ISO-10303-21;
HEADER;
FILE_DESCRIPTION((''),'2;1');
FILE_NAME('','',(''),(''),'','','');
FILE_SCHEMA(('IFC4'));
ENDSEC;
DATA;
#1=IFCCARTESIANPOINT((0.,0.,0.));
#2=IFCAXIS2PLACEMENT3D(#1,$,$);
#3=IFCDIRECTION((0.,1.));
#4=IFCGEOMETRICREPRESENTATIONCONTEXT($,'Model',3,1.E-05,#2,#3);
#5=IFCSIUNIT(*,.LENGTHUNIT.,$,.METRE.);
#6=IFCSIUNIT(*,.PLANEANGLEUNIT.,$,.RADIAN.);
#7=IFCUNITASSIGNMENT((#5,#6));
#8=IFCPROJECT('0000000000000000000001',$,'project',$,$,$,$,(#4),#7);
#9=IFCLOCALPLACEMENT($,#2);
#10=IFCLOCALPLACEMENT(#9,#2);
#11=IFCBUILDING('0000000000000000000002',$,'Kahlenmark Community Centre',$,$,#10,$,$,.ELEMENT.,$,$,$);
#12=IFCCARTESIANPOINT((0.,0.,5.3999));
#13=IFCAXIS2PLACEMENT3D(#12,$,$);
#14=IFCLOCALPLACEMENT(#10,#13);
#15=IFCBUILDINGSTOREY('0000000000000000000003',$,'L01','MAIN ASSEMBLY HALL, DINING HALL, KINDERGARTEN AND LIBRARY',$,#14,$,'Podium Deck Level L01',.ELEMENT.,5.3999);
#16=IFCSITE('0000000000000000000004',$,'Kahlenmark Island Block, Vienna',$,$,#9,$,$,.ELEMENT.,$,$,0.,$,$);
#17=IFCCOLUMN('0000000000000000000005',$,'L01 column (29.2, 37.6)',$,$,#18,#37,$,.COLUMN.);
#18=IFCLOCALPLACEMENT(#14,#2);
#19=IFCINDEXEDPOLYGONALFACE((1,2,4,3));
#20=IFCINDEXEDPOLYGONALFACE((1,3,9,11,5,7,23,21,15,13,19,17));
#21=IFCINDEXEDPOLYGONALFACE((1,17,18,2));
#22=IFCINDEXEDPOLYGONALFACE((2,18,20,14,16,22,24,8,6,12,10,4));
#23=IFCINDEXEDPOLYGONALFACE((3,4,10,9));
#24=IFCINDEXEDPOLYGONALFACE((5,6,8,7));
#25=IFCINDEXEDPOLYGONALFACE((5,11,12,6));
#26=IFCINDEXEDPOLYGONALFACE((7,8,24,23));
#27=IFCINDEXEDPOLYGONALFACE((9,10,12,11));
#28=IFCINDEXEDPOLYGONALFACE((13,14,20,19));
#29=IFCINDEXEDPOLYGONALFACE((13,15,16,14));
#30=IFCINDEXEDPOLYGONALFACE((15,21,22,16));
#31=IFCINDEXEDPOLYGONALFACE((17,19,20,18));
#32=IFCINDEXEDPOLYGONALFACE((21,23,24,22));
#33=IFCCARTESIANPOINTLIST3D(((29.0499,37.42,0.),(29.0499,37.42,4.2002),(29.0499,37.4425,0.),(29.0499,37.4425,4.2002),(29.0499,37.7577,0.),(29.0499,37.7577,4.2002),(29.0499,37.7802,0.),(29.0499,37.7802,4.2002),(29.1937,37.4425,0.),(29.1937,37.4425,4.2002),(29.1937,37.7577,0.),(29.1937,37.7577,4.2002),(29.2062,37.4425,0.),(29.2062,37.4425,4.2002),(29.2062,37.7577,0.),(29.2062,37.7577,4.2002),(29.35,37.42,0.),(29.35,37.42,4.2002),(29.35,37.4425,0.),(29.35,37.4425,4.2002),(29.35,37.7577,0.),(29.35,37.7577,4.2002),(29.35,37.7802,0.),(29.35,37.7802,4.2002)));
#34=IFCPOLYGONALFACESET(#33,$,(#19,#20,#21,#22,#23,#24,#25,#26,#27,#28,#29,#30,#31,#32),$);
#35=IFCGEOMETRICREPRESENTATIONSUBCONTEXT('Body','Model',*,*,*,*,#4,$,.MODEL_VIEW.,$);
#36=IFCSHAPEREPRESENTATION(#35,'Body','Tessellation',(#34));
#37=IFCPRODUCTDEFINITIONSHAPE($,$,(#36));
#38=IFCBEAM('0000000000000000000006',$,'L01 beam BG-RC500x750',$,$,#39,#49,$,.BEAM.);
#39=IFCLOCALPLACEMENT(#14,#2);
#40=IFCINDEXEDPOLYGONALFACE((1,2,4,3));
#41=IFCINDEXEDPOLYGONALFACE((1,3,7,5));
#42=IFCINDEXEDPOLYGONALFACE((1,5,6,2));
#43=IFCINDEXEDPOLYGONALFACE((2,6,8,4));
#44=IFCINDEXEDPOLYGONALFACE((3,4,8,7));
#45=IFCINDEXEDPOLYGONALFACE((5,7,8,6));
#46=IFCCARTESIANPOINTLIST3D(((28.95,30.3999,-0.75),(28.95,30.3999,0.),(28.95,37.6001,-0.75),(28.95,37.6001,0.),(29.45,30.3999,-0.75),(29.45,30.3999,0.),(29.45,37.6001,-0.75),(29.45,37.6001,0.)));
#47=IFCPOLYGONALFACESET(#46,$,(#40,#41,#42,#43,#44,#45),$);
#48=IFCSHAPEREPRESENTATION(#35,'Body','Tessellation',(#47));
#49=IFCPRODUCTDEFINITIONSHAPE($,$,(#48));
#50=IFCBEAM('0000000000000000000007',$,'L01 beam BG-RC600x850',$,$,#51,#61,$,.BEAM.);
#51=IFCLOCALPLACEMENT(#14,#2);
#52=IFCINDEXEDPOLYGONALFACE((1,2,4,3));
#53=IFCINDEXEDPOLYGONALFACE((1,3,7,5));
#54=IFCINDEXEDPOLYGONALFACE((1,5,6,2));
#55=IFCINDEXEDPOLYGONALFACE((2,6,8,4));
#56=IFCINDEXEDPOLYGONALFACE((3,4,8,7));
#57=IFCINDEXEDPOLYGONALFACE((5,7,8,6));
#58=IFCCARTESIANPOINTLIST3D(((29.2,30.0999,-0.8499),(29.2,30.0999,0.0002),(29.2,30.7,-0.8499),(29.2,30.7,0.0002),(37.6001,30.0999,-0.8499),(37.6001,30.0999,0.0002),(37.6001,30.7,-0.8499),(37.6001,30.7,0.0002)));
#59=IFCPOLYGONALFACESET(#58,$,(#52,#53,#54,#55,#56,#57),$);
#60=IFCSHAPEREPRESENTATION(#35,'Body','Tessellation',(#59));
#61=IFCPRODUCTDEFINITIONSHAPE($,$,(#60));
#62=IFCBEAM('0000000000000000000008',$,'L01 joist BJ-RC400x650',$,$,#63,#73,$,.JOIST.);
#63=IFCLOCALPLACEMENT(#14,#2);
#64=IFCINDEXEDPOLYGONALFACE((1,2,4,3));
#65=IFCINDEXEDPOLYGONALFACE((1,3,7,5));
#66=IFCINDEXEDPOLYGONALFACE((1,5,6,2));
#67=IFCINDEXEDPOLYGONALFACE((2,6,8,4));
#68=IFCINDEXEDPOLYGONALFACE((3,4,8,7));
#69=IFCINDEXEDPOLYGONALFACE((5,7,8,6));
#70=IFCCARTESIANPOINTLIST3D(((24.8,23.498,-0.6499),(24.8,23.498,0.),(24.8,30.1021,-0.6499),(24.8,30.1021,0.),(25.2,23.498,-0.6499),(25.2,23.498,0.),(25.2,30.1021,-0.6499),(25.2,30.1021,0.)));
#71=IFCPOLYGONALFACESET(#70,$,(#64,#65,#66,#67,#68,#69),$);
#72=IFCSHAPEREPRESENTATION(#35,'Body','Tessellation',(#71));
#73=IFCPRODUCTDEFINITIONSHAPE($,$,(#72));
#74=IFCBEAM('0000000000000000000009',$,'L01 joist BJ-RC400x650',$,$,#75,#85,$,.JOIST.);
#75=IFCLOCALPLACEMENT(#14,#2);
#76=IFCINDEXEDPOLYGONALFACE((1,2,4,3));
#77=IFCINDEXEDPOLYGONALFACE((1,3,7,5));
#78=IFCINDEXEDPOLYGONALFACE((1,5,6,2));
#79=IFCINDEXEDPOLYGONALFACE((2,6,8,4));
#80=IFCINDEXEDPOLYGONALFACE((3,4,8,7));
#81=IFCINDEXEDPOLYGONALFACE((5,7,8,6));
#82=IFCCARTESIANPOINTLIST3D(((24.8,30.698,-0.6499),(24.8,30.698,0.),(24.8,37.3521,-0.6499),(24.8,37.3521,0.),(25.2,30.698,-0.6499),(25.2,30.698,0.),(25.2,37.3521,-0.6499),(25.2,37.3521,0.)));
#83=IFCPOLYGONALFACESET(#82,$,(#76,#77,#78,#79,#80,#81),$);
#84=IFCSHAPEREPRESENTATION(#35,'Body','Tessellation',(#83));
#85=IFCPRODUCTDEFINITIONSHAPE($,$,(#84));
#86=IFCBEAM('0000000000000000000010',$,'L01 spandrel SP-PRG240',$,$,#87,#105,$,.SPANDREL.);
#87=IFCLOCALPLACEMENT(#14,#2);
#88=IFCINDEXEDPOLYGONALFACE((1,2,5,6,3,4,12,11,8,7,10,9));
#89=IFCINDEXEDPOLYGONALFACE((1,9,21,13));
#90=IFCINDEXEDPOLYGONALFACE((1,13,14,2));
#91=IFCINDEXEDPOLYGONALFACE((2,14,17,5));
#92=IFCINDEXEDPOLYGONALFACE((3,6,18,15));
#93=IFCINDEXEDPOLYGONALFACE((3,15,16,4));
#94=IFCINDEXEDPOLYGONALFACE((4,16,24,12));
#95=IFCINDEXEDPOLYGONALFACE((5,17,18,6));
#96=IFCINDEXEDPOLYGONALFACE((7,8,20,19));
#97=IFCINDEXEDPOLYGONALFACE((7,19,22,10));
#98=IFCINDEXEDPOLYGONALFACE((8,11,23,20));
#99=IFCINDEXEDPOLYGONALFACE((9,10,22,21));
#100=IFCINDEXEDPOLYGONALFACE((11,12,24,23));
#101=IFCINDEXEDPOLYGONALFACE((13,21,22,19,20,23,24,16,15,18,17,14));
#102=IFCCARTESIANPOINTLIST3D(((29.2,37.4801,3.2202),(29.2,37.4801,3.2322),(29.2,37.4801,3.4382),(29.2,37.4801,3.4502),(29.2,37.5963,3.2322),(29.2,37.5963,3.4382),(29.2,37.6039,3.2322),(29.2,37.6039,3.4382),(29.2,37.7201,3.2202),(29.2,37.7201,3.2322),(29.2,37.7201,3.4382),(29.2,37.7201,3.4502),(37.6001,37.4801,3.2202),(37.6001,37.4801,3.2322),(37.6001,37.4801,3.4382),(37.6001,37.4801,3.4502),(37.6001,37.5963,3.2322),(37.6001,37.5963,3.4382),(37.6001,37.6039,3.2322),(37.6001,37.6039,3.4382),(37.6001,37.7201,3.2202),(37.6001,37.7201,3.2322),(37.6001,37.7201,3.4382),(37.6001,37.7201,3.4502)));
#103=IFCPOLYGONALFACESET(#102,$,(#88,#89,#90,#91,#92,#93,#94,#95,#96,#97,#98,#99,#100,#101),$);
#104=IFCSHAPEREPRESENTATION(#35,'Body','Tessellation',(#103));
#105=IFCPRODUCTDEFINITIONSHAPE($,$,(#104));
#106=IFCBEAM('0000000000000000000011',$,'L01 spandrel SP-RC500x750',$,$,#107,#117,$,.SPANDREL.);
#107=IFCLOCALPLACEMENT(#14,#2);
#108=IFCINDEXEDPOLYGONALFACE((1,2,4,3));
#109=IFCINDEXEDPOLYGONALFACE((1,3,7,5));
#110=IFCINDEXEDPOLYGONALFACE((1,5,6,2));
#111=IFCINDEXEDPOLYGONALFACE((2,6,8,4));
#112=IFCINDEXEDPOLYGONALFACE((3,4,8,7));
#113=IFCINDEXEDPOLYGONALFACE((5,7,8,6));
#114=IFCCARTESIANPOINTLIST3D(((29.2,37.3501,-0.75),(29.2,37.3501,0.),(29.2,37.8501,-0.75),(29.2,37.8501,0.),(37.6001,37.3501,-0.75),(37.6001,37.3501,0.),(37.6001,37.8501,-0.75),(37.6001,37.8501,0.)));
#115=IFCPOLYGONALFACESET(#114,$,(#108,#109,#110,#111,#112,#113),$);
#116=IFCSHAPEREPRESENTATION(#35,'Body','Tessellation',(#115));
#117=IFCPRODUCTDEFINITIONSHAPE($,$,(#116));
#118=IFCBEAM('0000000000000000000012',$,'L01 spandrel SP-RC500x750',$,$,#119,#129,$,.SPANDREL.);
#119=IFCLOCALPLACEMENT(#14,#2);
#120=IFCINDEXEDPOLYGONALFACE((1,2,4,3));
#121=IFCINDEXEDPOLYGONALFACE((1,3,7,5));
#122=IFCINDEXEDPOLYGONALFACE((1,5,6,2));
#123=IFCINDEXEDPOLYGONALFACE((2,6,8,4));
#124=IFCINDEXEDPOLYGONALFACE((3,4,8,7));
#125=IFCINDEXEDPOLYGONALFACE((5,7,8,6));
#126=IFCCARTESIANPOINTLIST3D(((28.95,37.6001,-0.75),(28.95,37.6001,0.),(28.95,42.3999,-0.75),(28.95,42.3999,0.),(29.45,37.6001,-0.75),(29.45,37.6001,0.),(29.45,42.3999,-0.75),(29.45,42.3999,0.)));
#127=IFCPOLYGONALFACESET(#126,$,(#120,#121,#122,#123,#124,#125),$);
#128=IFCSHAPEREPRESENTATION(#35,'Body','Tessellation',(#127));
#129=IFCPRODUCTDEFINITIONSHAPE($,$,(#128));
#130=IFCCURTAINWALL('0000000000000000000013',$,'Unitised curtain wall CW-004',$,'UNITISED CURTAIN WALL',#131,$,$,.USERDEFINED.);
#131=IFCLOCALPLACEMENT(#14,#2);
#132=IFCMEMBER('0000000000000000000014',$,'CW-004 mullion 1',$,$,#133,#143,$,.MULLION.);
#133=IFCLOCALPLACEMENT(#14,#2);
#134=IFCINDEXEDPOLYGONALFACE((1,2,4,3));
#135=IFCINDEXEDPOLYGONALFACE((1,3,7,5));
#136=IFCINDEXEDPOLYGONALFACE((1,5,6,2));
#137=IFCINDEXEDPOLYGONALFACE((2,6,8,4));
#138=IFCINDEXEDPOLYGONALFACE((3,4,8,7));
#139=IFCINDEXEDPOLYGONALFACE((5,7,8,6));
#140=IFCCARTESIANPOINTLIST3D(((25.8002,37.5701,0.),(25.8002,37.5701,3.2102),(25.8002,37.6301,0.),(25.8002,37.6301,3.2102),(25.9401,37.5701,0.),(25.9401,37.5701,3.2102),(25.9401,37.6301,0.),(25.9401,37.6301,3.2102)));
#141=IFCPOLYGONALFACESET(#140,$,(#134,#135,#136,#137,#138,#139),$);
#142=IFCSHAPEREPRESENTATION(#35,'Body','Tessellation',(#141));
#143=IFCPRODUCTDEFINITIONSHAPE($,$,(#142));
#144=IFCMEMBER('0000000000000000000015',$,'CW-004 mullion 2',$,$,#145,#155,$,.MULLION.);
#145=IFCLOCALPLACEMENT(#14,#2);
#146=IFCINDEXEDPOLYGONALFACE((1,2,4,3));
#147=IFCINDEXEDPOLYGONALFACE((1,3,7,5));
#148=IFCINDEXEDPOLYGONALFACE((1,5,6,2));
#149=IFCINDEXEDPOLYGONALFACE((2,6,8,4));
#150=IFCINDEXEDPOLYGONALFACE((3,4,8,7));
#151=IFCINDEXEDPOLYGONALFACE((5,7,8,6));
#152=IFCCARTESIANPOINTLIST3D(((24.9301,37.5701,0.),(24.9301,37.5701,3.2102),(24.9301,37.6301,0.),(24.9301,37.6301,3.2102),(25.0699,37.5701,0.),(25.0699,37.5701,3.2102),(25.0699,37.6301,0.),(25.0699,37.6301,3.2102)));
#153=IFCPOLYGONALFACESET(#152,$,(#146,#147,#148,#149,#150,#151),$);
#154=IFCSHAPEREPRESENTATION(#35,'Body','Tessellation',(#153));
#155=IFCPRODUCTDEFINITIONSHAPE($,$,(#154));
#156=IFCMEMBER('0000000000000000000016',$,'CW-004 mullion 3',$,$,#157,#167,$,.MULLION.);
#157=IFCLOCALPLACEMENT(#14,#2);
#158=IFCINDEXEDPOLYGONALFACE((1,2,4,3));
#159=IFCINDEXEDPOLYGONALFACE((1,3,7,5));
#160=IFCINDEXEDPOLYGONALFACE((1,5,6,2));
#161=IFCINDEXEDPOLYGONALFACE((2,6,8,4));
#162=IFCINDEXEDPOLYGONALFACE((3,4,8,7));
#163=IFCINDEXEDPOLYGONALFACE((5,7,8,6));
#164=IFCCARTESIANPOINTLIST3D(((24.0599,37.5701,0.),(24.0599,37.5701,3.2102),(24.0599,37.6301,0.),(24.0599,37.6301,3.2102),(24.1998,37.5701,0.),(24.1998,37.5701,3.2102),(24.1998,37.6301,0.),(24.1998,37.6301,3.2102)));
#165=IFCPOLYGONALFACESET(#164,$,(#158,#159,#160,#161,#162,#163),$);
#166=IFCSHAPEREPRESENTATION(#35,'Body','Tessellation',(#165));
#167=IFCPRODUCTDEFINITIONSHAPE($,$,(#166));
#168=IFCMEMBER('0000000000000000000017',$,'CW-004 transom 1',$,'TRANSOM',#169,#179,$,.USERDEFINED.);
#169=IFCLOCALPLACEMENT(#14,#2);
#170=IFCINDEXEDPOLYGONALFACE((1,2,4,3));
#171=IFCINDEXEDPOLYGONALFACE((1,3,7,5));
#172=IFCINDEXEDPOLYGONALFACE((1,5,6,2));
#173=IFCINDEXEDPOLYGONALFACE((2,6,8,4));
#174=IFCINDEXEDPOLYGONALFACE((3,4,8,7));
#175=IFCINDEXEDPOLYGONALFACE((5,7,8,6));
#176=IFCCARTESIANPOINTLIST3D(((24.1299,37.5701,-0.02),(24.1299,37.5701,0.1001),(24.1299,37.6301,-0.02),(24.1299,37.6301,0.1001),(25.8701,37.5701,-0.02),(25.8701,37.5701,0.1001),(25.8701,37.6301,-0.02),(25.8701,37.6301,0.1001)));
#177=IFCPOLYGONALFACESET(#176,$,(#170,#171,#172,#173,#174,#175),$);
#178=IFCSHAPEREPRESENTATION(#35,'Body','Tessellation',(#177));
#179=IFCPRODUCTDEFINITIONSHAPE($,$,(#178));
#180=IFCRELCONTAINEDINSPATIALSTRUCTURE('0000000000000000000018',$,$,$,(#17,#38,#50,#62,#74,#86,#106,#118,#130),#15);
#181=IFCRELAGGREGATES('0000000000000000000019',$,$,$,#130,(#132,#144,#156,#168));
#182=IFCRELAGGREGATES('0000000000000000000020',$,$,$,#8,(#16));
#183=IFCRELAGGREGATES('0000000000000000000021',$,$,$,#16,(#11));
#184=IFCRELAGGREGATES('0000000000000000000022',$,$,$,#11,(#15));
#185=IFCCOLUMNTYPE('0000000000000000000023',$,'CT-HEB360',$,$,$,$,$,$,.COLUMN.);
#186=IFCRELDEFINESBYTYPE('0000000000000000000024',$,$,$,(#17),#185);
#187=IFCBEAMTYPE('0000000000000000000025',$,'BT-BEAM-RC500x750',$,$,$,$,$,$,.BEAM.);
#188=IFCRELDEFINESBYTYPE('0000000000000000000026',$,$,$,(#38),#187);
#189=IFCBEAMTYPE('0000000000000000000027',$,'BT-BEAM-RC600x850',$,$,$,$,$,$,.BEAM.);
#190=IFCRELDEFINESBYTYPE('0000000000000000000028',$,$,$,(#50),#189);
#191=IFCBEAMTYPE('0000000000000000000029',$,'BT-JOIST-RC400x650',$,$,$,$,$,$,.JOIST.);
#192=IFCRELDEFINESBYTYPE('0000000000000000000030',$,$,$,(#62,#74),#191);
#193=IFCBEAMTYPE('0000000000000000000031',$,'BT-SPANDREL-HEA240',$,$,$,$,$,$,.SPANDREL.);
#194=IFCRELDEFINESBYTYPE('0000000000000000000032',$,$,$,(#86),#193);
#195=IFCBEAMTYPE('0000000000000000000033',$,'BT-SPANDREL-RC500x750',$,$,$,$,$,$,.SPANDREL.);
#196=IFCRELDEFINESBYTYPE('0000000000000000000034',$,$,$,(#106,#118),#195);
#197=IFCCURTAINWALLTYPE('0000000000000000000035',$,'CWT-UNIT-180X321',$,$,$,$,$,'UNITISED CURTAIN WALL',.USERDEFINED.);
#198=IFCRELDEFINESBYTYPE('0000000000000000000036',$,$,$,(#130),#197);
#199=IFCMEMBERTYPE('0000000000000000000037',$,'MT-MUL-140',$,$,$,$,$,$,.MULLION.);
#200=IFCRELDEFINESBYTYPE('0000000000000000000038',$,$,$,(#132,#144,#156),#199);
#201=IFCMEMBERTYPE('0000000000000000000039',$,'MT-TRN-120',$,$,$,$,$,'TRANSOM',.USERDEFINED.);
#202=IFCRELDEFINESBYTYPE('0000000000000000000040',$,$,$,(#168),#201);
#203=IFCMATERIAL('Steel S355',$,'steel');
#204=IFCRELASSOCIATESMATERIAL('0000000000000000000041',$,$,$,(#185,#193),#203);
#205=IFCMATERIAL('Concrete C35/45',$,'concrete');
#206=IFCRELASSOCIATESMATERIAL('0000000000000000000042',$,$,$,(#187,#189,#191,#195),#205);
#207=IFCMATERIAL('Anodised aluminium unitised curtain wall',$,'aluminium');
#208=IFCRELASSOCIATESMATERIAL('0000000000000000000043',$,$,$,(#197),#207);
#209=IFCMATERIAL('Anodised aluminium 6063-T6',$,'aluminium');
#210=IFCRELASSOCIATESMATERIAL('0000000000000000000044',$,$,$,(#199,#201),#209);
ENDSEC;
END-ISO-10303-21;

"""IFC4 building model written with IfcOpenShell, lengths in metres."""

from ifc_helpers import new_model, si_unit, direction, frame, origin, origin_2d, place, context, subcontext, project, spatial, rectangle, i_section, extrude, material, material_profile, profile_set, type_object, element, aggregate, save


model = new_model("IFC4")

# Units and contexts
model_context = context("Model", 3, precision=1e-05, world=origin(), true_north=direction((0.0, 1.0)))
body_context = subcontext(model_context, "Body", "Model", "MODEL_VIEW")
ifc_project = project(units=[si_unit("LENGTHUNIT", "METRE"), si_unit("PLANEANGLEUNIT", "RADIAN")], contexts=[model_context])

# Site, building, storey
site_placement = place(None, origin())
site = spatial("IfcSite", under=ifc_project, at=site_placement, Name="Kahlenmark Island Block, Vienna", CompositionType="ELEMENT", RefElevation=0.0)
building_placement = place(site_placement, origin())
building = spatial("IfcBuilding", under=site, at=building_placement, Name="Kahlenmark Community Centre", CompositionType="ELEMENT")
storey_placement = place(building_placement, frame((0.0, 0.0, 5.3999)))
storey = spatial("IfcBuildingStorey", under=building, at=storey_placement, Name="L01", Description="MAIN ASSEMBLY HALL, DINING HALL, KINDERGARTEN AND LIBRARY", LongName="Podium Deck Level L01", CompositionType="ELEMENT", Elevation=5.3999)

# Column
ifc_material_1 = material(Name="Steel S355", Category="steel")
ifc_material_profile_1 = material_profile(ifc_material_1, i_section(OverallWidth=0.3, OverallDepth=0.3601, WebThickness=0.0125, FlangeThickness=0.0225, at=origin_2d()), Name="HEB 360")
ifc_profile_set_1 = profile_set([ifc_material_profile_1], Name="Steel S355")
column_type = type_object("IfcColumnType", Name="CT-HEB360", PredefinedType="COLUMN", material=ifc_profile_set_1)
column_placement = place(storey_placement, frame((29.2, 37.6001, 0.0), z_axis=(0.0, 0.0, 1.0), x_axis=(1.0, 0.0, 0.0)))
element("IfcColumn", 1, at=column_placement, inside=storey, type_object=column_type, Name="L01 column (29.2, 37.6)", PredefinedType="COLUMN", context=body_context, shape_type="SweptSolid", body=[
    extrude(i_section(OverallWidth=0.3, OverallDepth=0.3601, WebThickness=0.0125, FlangeThickness=0.0225, at=origin_2d()), origin(), (0.0, 0.0, 1.0), 4.2002),
])

# Beams
ifc_material_2 = material(Name="Concrete C35/45", Category="concrete")
ifc_material_profile_2 = material_profile(ifc_material_2, rectangle(XDim=0.5, YDim=0.75, at=origin_2d()), Name="RC 500x750")
ifc_profile_set_2 = profile_set([ifc_material_profile_2], Name="Concrete C35/45")
beam_type_1 = type_object("IfcBeamType", Name="BT-BEAM-RC500x750", PredefinedType="BEAM", material=ifc_profile_set_2)
beam_1_placement = place(storey_placement, frame((29.2, 30.3999, -0.375), z_axis=(0.0, 1.0, 0.0), x_axis=(-1.0, 0.0, 0.0)))
element("IfcBeam", 2, at=beam_1_placement, inside=storey, type_object=beam_type_1, Name="L01 beam BG-RC500x750", PredefinedType="BEAM", context=body_context, shape_type="SweptSolid", body=[
    extrude(rectangle(XDim=0.5, YDim=0.75, at=origin_2d()), origin(), (0.0, 0.0, 1.0), 7.2002),
])
ifc_material_profile_3 = material_profile(ifc_material_2, rectangle(XDim=0.6001, YDim=0.8501, at=origin_2d()), Name="RC 600x850")
ifc_profile_set_3 = profile_set([ifc_material_profile_3], Name="Concrete C35/45")
beam_type_2 = type_object("IfcBeamType", Name="BT-BEAM-RC600x850", PredefinedType="BEAM", material=ifc_profile_set_3)
beam_2_placement = place(storey_placement, frame((29.2, 30.3999, -0.4248), z_axis=(1.0, 0.0, 0.0), x_axis=(0.0, 1.0, 0.0)))
element("IfcBeam", 3, at=beam_2_placement, inside=storey, type_object=beam_type_2, Name="L01 beam BG-RC600x850", PredefinedType="BEAM", context=body_context, shape_type="SweptSolid", body=[
    extrude(rectangle(XDim=0.6001, YDim=0.8501, at=origin_2d()), origin(), (0.0, 0.0, 1.0), 8.4001),
])
ifc_material_profile_4 = material_profile(ifc_material_2, rectangle(XDim=0.3999, YDim=0.6499, at=origin_2d()), Name="RC 400x650")
ifc_profile_set_4 = profile_set([ifc_material_profile_4], Name="Concrete C35/45")
beam_type_3 = type_object("IfcBeamType", Name="BT-JOIST-RC400x650", PredefinedType="JOIST", material=ifc_profile_set_4)
beam_3_placement = place(storey_placement, frame((25.0, 23.498, -0.325), z_axis=(0.0, 1.0, 0.0), x_axis=(-1.0, 0.0, 0.0)))
element("IfcBeam", 4, at=beam_3_placement, inside=storey, type_object=beam_type_3, Name="L01 joist BJ-RC400x650", PredefinedType="JOIST", context=body_context, shape_type="SweptSolid", body=[
    extrude(rectangle(XDim=0.3999, YDim=0.6499, at=origin_2d()), origin(), (0.0, 0.0, 1.0), 6.604),
])
beam_4_placement = place(storey_placement, frame((25.0, 30.698, -0.325), z_axis=(0.0, 1.0, 0.0), x_axis=(-1.0, 0.0, 0.0)))
element("IfcBeam", 5, at=beam_4_placement, inside=storey, type_object=beam_type_3, Name="L01 joist BJ-RC400x650", PredefinedType="JOIST", context=body_context, shape_type="SweptSolid", body=[
    extrude(rectangle(XDim=0.3999, YDim=0.6499, at=origin_2d()), origin(), (0.0, 0.0, 1.0), 6.6541),
])
ifc_material_profile_5 = material_profile(ifc_material_1, i_section(OverallWidth=0.24, OverallDepth=0.23, WebThickness=0.0076, FlangeThickness=0.012, at=origin_2d()), Name="HEA 240")
ifc_profile_set_5 = profile_set([ifc_material_profile_5], Name="Steel S355")
beam_type_4 = type_object("IfcBeamType", Name="BT-SPANDREL-HEA240", PredefinedType="SPANDREL", material=ifc_profile_set_5)
beam_5_placement = place(storey_placement, frame((29.2, 37.6001, 3.3352), z_axis=(1.0, 0.0, 0.0), x_axis=(0.0, 1.0, 0.0)))
element("IfcBeam", 6, at=beam_5_placement, inside=storey, type_object=beam_type_4, Name="L01 spandrel SP-PRG240", PredefinedType="SPANDREL", context=body_context, shape_type="SweptSolid", body=[
    extrude(i_section(OverallWidth=0.24, OverallDepth=0.23, WebThickness=0.0076, FlangeThickness=0.012, at=origin_2d()), origin(), (0.0, 0.0, 1.0), 8.4001),
])
ifc_material_profile_6 = material_profile(ifc_material_2, rectangle(XDim=0.5, YDim=0.75, at=origin_2d()), Name="RC 500x750")
ifc_profile_set_6 = profile_set([ifc_material_profile_6], Name="Concrete C35/45")
beam_type_5 = type_object("IfcBeamType", Name="BT-SPANDREL-RC500x750", PredefinedType="SPANDREL", material=ifc_profile_set_6)
beam_6_placement = place(storey_placement, frame((29.2, 37.6001, -0.375), z_axis=(1.0, 0.0, 0.0), x_axis=(0.0, 1.0, 0.0)))
element("IfcBeam", 7, at=beam_6_placement, inside=storey, type_object=beam_type_5, Name="L01 spandrel SP-RC500x750", PredefinedType="SPANDREL", context=body_context, shape_type="SweptSolid", body=[
    extrude(rectangle(XDim=0.5, YDim=0.75, at=origin_2d()), origin(), (0.0, 0.0, 1.0), 8.4001),
])
beam_7_placement = place(storey_placement, frame((29.2, 37.6001, -0.375), z_axis=(0.0, 1.0, 0.0), x_axis=(-1.0, 0.0, 0.0)))
element("IfcBeam", 8, at=beam_7_placement, inside=storey, type_object=beam_type_5, Name="L01 spandrel SP-RC500x750", PredefinedType="SPANDREL", context=body_context, shape_type="SweptSolid", body=[
    extrude(rectangle(XDim=0.5, YDim=0.75, at=origin_2d()), origin(), (0.0, 0.0, 1.0), 4.7998),
])

# Curtain wall, members
ifc_material_3 = material(Name="Anodised aluminium unitised curtain wall", Category="aluminium")
curtain_wall_type = type_object("IfcCurtainWallType", Name="CWT-UNIT-180X321", ElementType="UNITISED CURTAIN WALL", PredefinedType="USERDEFINED", material=ifc_material_3)
curtain_wall_placement = place(storey_placement, origin())
curtain_wall = element("IfcCurtainWall", 9, at=curtain_wall_placement, inside=storey, type_object=curtain_wall_type, Name="Unitised curtain wall CW-004", ObjectType="UNITISED CURTAIN WALL", PredefinedType="USERDEFINED")
ifc_material_4 = material(Name="Anodised aluminium 6063-T6", Category="aluminium")
ifc_material_profile_7 = material_profile(ifc_material_4, rectangle(XDim=0.0601, YDim=0.1399, at=origin_2d()), Name="ALU MULLION 60x140")
ifc_profile_set_7 = profile_set([ifc_material_profile_7], Name="Anodised aluminium 6063-T6")
member_type_1 = type_object("IfcMemberType", Name="MT-MUL-140", PredefinedType="MULLION", material=ifc_profile_set_7)
member_1_placement = place(storey_placement, frame((25.8701, 37.6001, 0.0), z_axis=(0.0, 0.0, 1.0), x_axis=(0.0, -1.0, 0.0)))
member_1 = element("IfcMember", 10, at=member_1_placement, type_object=member_type_1, Name="CW-004 mullion 1", PredefinedType="MULLION", context=body_context, shape_type="SweptSolid", body=[
    extrude(rectangle(XDim=0.0601, YDim=0.1399, at=origin_2d()), origin(), (0.0, 0.0, 1.0), 3.2102),
])
member_2_placement = place(storey_placement, frame((25.0, 37.6001, 0.0), z_axis=(0.0, 0.0, 1.0), x_axis=(0.0, -1.0, 0.0)))
member_2 = element("IfcMember", 11, at=member_2_placement, type_object=member_type_1, Name="CW-004 mullion 2", PredefinedType="MULLION", context=body_context, shape_type="SweptSolid", body=[
    extrude(rectangle(XDim=0.0601, YDim=0.1399, at=origin_2d()), origin(), (0.0, 0.0, 1.0), 3.2102),
])
member_3_placement = place(storey_placement, frame((24.1299, 37.6001, 0.0), z_axis=(0.0, 0.0, 1.0), x_axis=(0.0, -1.0, 0.0)))
member_3 = element("IfcMember", 12, at=member_3_placement, type_object=member_type_1, Name="CW-004 mullion 3", PredefinedType="MULLION", context=body_context, shape_type="SweptSolid", body=[
    extrude(rectangle(XDim=0.0601, YDim=0.1399, at=origin_2d()), origin(), (0.0, 0.0, 1.0), 3.2102),
])
ifc_material_profile_8 = material_profile(ifc_material_4, rectangle(XDim=0.0601, YDim=0.1201, at=origin_2d()), Name="ALU TRANSOM 60x120")
ifc_profile_set_8 = profile_set([ifc_material_profile_8], Name="Anodised aluminium 6063-T6")
member_type_2 = type_object("IfcMemberType", Name="MT-TRN-120", ElementType="TRANSOM", PredefinedType="USERDEFINED", material=ifc_profile_set_8)
member_4_placement = place(storey_placement, frame((25.8701, 37.6001, 0.04), z_axis=(-1.0, 0.0, 0.0), x_axis=(0.0, -1.0, 0.0)))
member_4 = element("IfcMember", 13, at=member_4_placement, type_object=member_type_2, Name="CW-004 transom 1", ObjectType="TRANSOM", PredefinedType="USERDEFINED", context=body_context, shape_type="SweptSolid", body=[
    extrude(rectangle(XDim=0.0601, YDim=0.1201, at=origin_2d()), origin(), (0.0, 0.0, 1.0), 1.7402),
])
aggregate(curtain_wall, [member_1, member_2, member_3, member_4])

save(model, "model.ifc")
